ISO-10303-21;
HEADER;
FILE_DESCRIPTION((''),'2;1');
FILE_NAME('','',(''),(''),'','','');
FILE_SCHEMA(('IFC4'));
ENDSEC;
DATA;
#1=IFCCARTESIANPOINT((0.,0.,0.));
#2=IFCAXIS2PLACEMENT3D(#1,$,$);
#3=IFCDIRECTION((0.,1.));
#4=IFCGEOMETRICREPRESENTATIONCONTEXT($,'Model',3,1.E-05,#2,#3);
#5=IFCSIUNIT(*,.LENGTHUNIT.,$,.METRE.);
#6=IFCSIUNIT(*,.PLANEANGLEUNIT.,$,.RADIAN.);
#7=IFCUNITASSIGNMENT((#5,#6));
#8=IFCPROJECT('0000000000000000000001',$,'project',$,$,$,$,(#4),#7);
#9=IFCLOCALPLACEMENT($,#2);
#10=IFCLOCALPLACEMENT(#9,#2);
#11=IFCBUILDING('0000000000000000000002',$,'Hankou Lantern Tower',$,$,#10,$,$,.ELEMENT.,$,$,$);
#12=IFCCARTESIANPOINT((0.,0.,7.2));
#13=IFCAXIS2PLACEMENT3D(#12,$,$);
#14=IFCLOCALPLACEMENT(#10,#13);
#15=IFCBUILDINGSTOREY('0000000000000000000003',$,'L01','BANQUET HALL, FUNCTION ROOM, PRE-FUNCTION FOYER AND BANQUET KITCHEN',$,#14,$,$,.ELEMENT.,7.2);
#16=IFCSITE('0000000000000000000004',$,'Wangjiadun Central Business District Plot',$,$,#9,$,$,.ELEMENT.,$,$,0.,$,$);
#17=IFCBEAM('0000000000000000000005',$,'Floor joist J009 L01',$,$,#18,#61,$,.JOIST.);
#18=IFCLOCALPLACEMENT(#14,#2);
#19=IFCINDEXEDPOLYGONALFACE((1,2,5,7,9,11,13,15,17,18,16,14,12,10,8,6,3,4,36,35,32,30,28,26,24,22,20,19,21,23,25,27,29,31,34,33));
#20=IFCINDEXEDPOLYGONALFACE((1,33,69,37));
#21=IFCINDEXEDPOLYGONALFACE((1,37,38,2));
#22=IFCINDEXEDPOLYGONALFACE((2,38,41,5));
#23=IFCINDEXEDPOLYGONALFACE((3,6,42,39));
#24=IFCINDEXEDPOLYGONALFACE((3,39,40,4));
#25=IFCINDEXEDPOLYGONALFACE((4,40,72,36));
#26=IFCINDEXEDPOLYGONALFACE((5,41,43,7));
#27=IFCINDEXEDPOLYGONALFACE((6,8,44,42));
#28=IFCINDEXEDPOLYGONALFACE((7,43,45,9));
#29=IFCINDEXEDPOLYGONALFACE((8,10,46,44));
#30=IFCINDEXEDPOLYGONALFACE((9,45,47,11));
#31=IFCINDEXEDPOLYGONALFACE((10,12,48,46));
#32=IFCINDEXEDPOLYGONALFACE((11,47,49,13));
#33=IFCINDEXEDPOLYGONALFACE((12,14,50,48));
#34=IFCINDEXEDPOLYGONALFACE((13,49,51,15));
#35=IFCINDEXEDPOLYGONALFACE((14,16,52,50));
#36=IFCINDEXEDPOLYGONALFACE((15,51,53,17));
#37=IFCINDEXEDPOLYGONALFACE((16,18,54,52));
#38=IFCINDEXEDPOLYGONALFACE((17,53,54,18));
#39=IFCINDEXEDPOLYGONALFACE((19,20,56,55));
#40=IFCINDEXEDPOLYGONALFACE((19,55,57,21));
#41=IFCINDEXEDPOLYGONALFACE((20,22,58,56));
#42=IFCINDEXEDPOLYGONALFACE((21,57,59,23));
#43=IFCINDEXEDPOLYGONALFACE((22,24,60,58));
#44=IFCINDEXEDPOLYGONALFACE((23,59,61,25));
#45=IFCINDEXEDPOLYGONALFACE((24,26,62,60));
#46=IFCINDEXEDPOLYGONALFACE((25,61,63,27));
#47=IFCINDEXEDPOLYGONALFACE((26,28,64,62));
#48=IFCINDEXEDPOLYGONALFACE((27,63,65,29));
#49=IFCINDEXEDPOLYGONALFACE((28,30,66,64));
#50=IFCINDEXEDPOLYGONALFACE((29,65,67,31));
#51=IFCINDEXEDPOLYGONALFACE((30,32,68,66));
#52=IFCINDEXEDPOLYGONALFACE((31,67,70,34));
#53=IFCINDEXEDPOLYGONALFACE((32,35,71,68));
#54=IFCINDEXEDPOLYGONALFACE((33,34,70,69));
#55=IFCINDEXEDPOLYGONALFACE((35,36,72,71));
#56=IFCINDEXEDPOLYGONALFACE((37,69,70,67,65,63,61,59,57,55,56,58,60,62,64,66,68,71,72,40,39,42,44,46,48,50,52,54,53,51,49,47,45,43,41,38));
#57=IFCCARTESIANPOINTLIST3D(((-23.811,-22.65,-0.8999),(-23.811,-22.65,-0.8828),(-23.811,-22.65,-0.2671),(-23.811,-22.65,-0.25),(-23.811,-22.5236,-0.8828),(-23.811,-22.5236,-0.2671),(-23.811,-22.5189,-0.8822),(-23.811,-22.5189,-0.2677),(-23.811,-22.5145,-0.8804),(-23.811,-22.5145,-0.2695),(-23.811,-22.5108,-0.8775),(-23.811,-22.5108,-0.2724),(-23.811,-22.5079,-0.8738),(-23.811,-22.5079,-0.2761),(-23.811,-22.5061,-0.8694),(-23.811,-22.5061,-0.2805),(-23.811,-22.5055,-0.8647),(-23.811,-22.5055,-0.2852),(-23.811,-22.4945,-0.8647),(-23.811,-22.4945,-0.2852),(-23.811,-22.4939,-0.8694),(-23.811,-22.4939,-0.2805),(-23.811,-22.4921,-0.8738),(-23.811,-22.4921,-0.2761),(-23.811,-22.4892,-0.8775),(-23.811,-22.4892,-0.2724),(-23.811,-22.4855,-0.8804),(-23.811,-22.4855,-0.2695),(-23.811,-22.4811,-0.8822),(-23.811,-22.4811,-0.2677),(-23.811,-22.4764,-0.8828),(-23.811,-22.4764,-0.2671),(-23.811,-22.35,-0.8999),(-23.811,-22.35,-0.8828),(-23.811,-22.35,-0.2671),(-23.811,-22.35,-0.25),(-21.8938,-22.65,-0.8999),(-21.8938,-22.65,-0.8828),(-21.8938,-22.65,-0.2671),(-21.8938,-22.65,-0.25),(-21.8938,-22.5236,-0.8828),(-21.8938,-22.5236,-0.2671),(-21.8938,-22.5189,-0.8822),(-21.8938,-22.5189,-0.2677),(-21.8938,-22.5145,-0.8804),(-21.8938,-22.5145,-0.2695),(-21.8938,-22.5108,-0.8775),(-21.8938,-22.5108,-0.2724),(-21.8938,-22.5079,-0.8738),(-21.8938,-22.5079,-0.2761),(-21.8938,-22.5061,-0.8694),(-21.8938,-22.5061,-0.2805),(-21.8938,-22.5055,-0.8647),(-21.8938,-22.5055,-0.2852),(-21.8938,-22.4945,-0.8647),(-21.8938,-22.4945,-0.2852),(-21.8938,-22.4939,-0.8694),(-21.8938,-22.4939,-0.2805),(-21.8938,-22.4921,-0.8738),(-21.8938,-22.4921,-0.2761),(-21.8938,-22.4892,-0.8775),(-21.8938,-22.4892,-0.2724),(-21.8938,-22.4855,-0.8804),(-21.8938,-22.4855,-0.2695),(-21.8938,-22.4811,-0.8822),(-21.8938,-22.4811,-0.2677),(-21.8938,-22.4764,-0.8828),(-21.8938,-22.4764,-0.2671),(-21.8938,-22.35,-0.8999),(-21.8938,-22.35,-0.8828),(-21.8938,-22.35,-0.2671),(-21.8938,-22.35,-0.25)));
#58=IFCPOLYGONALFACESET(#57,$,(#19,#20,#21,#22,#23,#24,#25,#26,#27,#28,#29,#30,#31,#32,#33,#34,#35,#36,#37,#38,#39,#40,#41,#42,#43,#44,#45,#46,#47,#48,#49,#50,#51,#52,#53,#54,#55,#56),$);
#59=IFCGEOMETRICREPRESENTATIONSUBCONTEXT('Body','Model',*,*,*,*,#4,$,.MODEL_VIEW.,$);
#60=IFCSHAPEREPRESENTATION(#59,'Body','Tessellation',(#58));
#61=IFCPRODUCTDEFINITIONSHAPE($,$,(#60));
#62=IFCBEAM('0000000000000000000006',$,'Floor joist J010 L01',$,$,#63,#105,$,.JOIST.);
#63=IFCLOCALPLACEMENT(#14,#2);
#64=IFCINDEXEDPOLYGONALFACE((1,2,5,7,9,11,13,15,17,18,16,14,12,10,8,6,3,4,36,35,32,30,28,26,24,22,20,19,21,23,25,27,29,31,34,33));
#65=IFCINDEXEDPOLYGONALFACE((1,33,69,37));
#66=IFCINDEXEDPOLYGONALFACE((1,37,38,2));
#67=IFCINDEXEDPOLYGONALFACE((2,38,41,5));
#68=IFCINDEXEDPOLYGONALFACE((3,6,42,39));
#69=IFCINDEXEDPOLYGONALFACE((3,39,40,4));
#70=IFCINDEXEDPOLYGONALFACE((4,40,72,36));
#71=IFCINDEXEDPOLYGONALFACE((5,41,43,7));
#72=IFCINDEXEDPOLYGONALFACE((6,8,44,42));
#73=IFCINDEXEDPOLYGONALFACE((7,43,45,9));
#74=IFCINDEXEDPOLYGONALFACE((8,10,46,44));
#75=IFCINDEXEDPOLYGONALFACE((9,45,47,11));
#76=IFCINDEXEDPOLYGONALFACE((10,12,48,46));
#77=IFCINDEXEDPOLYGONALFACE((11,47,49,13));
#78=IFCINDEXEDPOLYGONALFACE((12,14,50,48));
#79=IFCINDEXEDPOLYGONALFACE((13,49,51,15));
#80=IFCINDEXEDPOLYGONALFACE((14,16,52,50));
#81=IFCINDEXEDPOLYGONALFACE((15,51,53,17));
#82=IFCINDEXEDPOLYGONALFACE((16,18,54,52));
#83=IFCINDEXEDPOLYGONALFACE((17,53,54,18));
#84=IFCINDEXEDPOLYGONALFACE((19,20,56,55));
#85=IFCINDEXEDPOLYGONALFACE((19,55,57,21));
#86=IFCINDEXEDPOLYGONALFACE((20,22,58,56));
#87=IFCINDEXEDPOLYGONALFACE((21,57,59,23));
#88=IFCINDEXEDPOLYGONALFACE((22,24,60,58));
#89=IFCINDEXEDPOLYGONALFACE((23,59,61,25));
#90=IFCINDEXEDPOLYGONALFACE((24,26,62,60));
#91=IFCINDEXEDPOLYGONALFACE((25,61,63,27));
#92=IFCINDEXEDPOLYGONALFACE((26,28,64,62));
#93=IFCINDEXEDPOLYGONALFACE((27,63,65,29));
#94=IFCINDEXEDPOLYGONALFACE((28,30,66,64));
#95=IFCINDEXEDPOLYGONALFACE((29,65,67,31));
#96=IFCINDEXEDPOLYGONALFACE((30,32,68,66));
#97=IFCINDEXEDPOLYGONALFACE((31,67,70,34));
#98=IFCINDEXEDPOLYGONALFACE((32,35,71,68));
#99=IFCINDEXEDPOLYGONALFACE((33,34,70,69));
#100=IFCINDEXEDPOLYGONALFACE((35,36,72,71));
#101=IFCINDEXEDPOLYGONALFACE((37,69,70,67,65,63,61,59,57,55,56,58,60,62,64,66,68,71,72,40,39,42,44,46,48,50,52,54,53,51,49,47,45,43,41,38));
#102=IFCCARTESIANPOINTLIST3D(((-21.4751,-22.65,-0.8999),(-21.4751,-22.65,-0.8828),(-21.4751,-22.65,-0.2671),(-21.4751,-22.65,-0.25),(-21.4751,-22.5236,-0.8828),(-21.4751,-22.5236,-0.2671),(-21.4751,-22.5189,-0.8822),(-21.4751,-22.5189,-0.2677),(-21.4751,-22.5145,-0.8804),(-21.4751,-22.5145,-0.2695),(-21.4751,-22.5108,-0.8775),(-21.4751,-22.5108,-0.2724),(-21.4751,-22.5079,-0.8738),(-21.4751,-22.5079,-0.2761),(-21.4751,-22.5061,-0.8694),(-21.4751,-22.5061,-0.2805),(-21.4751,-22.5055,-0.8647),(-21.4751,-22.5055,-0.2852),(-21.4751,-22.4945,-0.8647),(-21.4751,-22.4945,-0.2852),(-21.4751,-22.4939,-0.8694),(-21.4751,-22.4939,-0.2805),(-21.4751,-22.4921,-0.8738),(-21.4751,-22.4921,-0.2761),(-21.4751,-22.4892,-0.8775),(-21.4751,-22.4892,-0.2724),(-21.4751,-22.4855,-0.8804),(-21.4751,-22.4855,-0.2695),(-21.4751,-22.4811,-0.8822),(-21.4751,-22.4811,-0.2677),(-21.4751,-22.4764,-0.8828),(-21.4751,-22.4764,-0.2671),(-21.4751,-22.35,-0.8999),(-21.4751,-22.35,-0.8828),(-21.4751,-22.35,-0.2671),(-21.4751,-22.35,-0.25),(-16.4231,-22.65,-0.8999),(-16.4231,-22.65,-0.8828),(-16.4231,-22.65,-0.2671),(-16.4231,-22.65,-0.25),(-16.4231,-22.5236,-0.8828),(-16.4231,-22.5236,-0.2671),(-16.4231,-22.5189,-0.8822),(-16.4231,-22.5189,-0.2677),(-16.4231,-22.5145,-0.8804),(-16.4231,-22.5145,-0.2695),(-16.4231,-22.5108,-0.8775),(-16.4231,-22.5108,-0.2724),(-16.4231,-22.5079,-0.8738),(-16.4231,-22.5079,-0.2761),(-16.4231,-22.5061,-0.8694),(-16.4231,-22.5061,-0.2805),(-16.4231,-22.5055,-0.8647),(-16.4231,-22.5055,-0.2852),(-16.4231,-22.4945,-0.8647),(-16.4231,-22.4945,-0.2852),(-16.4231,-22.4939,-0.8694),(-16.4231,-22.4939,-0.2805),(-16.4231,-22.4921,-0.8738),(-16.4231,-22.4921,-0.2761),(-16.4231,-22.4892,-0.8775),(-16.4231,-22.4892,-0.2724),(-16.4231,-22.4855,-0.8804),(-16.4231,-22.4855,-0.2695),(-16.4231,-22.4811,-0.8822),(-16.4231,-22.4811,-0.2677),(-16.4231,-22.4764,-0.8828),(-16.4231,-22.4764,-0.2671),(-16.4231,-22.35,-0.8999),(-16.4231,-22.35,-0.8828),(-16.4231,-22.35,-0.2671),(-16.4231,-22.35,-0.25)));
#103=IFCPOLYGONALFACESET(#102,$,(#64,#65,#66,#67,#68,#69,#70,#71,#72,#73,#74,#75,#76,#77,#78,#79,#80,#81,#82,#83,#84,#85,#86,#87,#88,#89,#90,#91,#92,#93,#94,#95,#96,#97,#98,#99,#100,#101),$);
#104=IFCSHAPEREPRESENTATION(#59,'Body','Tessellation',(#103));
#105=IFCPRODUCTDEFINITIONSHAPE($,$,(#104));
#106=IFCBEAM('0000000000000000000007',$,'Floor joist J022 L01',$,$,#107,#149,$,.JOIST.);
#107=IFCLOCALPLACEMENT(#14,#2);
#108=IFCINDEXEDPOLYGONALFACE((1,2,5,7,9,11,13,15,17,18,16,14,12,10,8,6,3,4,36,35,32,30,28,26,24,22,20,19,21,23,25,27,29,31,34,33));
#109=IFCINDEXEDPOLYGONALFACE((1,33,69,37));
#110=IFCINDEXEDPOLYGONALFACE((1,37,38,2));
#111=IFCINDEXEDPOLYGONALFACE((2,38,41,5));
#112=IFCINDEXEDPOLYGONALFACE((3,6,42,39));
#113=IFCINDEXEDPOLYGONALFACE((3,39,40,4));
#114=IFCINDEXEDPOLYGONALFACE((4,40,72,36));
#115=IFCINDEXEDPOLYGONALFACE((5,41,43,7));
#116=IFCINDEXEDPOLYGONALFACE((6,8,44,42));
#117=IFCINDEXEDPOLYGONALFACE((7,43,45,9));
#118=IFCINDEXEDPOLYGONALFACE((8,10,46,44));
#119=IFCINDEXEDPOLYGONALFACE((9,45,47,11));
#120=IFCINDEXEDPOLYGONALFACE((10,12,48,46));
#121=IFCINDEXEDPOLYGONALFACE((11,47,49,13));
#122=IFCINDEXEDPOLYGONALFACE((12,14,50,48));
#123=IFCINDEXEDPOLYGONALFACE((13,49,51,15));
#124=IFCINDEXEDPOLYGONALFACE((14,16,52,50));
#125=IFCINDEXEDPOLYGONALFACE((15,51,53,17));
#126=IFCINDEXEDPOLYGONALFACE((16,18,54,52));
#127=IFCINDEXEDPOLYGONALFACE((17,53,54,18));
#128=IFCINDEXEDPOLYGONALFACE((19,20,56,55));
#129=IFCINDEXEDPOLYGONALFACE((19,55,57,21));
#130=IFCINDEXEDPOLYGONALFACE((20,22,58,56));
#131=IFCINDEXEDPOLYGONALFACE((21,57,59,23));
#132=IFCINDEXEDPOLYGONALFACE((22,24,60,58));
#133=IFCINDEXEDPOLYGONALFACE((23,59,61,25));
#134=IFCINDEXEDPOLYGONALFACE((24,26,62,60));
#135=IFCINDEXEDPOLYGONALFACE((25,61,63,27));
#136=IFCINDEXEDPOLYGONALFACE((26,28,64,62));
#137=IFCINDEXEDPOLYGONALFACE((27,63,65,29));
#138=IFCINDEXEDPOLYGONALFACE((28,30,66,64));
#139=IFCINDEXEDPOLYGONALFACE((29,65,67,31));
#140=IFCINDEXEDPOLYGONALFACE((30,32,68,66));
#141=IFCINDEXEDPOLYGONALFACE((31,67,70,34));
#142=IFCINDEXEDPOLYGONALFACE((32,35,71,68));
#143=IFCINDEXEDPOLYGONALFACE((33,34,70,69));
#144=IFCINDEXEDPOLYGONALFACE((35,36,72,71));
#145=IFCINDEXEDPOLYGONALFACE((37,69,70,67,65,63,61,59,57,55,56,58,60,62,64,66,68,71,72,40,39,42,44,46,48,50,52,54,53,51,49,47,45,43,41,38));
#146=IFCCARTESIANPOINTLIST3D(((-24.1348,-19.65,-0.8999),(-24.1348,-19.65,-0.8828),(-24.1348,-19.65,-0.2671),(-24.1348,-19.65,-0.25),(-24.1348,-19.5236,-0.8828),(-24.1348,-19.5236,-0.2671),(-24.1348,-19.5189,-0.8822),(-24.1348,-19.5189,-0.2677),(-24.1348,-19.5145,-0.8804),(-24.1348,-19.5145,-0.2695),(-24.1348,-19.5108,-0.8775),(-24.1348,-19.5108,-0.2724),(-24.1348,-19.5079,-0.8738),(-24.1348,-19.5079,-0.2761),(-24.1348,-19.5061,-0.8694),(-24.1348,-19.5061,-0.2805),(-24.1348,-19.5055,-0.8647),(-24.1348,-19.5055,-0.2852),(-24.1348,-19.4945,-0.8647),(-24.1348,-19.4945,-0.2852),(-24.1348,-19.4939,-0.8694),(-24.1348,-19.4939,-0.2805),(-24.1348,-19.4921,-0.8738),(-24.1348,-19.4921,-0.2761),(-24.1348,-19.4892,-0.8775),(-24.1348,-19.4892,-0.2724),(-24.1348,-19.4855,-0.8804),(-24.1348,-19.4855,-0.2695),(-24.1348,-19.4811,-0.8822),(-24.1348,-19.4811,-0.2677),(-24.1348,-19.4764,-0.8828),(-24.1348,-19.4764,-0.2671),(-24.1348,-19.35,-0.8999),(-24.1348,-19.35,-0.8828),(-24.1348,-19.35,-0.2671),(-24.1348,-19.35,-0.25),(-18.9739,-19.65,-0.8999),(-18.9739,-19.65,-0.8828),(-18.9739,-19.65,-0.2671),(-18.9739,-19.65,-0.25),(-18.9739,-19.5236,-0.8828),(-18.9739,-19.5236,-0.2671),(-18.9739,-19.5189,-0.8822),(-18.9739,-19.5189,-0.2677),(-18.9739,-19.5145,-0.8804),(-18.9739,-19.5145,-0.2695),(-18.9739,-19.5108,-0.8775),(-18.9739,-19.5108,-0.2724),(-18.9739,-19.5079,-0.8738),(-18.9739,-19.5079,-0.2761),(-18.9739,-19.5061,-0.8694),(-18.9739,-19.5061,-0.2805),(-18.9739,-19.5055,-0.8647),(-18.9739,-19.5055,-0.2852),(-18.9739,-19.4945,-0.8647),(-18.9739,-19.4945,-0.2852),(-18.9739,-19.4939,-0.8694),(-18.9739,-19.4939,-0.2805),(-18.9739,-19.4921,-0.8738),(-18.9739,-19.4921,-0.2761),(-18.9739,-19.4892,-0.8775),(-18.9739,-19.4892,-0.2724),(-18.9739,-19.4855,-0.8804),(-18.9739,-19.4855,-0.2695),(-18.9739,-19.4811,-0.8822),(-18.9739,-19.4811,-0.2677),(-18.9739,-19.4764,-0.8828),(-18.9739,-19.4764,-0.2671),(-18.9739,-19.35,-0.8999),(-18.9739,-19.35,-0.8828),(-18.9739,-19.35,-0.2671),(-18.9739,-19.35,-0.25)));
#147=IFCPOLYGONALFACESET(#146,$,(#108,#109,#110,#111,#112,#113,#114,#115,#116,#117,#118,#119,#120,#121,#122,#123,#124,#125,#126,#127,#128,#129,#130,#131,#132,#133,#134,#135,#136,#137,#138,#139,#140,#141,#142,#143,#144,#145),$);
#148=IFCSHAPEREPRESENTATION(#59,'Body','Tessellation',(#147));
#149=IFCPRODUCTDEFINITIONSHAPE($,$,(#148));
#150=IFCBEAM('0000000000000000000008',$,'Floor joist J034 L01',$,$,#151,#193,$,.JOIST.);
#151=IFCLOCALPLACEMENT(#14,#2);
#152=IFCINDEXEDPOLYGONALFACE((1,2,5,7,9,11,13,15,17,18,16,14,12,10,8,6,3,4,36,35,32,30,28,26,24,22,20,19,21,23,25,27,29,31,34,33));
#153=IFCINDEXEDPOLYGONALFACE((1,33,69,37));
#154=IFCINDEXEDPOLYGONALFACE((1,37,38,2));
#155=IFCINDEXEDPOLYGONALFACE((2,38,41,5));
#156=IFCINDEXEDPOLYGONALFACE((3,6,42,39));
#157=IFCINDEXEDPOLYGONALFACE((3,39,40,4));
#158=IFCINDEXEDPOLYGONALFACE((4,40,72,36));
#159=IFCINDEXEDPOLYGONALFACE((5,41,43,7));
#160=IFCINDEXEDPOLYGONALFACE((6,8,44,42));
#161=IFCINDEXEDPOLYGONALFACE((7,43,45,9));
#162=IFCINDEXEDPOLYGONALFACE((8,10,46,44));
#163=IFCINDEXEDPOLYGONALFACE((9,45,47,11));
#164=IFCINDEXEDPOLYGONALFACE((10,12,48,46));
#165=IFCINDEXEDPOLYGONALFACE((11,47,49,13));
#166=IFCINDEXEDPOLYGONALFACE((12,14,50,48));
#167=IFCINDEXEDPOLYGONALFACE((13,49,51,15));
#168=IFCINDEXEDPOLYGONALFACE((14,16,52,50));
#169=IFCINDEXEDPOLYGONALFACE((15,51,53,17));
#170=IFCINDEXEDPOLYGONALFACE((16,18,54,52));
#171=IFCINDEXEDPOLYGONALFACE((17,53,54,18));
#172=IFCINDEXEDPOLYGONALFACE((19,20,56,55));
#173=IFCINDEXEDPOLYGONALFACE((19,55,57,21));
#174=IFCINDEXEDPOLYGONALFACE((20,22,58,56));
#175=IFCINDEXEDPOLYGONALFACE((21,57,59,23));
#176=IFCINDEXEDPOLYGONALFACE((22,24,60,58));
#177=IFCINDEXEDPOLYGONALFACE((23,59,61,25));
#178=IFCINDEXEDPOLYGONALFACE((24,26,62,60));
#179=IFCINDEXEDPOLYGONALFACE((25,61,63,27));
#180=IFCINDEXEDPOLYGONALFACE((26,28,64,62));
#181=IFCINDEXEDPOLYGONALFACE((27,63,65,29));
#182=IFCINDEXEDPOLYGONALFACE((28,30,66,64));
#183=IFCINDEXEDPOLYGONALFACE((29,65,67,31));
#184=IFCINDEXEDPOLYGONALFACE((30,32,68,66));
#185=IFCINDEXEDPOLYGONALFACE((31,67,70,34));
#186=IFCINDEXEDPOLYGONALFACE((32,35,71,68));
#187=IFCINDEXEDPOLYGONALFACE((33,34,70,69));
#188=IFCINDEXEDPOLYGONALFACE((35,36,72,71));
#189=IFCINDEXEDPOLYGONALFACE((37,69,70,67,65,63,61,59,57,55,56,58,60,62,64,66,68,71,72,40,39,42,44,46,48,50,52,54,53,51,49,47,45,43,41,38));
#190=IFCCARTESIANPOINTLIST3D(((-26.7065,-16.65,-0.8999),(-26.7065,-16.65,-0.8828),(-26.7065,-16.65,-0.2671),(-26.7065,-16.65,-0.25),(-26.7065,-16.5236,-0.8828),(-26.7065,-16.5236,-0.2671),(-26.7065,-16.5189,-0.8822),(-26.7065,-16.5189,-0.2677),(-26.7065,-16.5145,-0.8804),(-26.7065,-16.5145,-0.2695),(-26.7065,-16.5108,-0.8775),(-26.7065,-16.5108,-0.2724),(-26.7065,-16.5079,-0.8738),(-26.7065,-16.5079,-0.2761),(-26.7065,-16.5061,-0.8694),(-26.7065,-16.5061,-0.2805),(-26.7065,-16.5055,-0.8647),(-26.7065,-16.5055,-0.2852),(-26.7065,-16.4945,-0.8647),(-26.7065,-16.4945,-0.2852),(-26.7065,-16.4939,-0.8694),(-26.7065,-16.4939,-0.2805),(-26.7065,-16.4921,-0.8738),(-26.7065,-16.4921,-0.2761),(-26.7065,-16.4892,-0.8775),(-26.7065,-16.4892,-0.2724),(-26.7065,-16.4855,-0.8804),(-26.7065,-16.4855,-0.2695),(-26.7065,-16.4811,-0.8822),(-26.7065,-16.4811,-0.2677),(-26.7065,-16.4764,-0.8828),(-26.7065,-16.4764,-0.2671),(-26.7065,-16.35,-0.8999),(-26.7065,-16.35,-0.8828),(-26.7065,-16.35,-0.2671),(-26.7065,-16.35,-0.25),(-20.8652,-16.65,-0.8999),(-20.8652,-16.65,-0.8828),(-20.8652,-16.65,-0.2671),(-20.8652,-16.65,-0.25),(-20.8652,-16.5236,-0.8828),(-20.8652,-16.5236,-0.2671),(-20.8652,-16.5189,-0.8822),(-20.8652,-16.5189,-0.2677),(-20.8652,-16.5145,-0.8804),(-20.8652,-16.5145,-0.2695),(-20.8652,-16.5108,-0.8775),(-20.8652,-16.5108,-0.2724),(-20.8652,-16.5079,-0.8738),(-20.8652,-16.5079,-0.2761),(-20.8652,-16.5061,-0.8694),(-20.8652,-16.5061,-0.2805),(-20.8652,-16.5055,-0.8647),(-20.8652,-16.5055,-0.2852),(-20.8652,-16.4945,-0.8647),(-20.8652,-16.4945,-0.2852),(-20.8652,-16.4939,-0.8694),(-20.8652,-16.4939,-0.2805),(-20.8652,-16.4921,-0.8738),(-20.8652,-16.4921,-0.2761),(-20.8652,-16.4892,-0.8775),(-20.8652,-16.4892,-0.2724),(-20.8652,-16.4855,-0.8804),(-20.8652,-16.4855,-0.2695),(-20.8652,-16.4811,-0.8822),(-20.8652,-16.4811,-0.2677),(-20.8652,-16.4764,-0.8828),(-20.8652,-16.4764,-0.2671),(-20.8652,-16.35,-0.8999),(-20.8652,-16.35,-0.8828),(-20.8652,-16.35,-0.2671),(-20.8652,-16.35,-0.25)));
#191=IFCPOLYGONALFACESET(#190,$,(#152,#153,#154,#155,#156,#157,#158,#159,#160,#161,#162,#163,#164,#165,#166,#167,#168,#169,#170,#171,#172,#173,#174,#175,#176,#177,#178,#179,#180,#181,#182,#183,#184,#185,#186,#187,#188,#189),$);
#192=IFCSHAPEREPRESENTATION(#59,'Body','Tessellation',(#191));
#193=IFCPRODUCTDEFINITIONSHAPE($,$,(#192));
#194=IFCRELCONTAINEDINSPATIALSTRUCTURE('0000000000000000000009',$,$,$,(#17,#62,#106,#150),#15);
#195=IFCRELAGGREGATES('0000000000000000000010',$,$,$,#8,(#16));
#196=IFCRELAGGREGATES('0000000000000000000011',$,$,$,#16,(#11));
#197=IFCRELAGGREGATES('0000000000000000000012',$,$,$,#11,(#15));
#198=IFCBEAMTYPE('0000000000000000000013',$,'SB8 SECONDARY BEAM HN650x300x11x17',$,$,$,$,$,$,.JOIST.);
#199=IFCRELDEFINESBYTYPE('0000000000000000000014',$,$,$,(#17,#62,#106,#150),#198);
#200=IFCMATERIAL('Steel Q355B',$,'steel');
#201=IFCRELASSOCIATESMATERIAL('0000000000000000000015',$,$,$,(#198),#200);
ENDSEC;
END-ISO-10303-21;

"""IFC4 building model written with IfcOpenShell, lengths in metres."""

from ifc_helpers import new_model, si_unit, direction, frame, origin, origin_2d, place, context, subcontext, project, spatial, i_section, extrude, material, material_profile, profile_set, type_object, element, save


model = new_model("IFC4")

# Units and contexts
model_context = context("Model", 3, precision=1e-05, world=origin(), true_north=direction((0.0, 1.0)))
body_context = subcontext(model_context, "Body", "Model", "MODEL_VIEW")
ifc_project = project(units=[si_unit("LENGTHUNIT", "METRE"), si_unit("PLANEANGLEUNIT", "RADIAN")], contexts=[model_context])

# Site, building, storey
site_placement = place(None, origin())
site = spatial("IfcSite", under=ifc_project, at=site_placement, Name="Wangjiadun Central Business District Plot", CompositionType="ELEMENT", RefElevation=0.0)
building_placement = place(site_placement, origin())
building = spatial("IfcBuilding", under=site, at=building_placement, Name="Hankou Lantern Tower", CompositionType="ELEMENT")
storey_placement = place(building_placement, frame((0.0, 0.0, 7.2)))
storey = spatial("IfcBuildingStorey", under=building, at=storey_placement, Name="L01", Description="BANQUET HALL, FUNCTION ROOM, PRE-FUNCTION FOYER AND BANQUET KITCHEN", CompositionType="ELEMENT", Elevation=7.2)

# Beams
ifc_material_1 = material(Name="Steel Q355B", Category="steel")
ifc_material_profile_1 = material_profile(ifc_material_1, i_section(OverallWidth=0.3, OverallDepth=0.6499, WebThickness=0.011, FlangeThickness=0.0171, FilletRadius=0.0181, at=origin_2d()), Name="HN650x300x11x17")
ifc_profile_set_1 = profile_set([ifc_material_profile_1], Name="Steel Q355B")
beam_type_1 = type_object("IfcBeamType", Name="SB8 SECONDARY BEAM HN650x300x11x17", PredefinedType="JOIST", material=ifc_profile_set_1)
beam_1_placement = place(storey_placement, frame((-23.811, -22.5, -0.575), z_axis=(1.0, 0.0, 0.0), x_axis=(0.0, 1.0, 0.0)))
element("IfcBeam", 1, at=beam_1_placement, inside=storey, type_object=beam_type_1, Name="Floor joist J009 L01", PredefinedType="JOIST", context=body_context, shape_type="SweptSolid", body=[
    extrude(i_section(OverallWidth=0.3, OverallDepth=0.6499, WebThickness=0.011, FlangeThickness=0.0171, FilletRadius=0.0181, at=origin_2d()), origin(), (0.0, 0.0, 1.0), 1.9172),
])
beam_2_placement = place(storey_placement, frame((-21.4751, -22.5, -0.575), z_axis=(1.0, 0.0, 0.0), x_axis=(0.0, 1.0, 0.0)))
element("IfcBeam", 2, at=beam_2_placement, inside=storey, type_object=beam_type_1, Name="Floor joist J010 L01", PredefinedType="JOIST", context=body_context, shape_type="SweptSolid", body=[
    extrude(i_section(OverallWidth=0.3, OverallDepth=0.6499, WebThickness=0.011, FlangeThickness=0.0171, FilletRadius=0.0181, at=origin_2d()), origin(), (0.0, 0.0, 1.0), 5.052),
])
beam_3_placement = place(storey_placement, frame((-24.1348, -19.5, -0.575), z_axis=(1.0, 0.0, 0.0), x_axis=(0.0, 1.0, 0.0)))
element("IfcBeam", 3, at=beam_3_placement, inside=storey, type_object=beam_type_1, Name="Floor joist J022 L01", PredefinedType="JOIST", context=body_context, shape_type="SweptSolid", body=[
    extrude(i_section(OverallWidth=0.3, OverallDepth=0.6499, WebThickness=0.011, FlangeThickness=0.0171, FilletRadius=0.0181, at=origin_2d()), origin(), (0.0, 0.0, 1.0), 5.1609),
])
beam_4_placement = place(storey_placement, frame((-26.7065, -16.5, -0.575), z_axis=(1.0, 0.0, 0.0), x_axis=(0.0, 1.0, 0.0)))
element("IfcBeam", 4, at=beam_4_placement, inside=storey, type_object=beam_type_1, Name="Floor joist J034 L01", PredefinedType="JOIST", context=body_context, shape_type="SweptSolid", body=[
    extrude(i_section(OverallWidth=0.3, OverallDepth=0.6499, WebThickness=0.011, FlangeThickness=0.0171, FilletRadius=0.0181, at=origin_2d()), origin(), (0.0, 0.0, 1.0), 5.8413),
])

save(model, "model.ifc")
